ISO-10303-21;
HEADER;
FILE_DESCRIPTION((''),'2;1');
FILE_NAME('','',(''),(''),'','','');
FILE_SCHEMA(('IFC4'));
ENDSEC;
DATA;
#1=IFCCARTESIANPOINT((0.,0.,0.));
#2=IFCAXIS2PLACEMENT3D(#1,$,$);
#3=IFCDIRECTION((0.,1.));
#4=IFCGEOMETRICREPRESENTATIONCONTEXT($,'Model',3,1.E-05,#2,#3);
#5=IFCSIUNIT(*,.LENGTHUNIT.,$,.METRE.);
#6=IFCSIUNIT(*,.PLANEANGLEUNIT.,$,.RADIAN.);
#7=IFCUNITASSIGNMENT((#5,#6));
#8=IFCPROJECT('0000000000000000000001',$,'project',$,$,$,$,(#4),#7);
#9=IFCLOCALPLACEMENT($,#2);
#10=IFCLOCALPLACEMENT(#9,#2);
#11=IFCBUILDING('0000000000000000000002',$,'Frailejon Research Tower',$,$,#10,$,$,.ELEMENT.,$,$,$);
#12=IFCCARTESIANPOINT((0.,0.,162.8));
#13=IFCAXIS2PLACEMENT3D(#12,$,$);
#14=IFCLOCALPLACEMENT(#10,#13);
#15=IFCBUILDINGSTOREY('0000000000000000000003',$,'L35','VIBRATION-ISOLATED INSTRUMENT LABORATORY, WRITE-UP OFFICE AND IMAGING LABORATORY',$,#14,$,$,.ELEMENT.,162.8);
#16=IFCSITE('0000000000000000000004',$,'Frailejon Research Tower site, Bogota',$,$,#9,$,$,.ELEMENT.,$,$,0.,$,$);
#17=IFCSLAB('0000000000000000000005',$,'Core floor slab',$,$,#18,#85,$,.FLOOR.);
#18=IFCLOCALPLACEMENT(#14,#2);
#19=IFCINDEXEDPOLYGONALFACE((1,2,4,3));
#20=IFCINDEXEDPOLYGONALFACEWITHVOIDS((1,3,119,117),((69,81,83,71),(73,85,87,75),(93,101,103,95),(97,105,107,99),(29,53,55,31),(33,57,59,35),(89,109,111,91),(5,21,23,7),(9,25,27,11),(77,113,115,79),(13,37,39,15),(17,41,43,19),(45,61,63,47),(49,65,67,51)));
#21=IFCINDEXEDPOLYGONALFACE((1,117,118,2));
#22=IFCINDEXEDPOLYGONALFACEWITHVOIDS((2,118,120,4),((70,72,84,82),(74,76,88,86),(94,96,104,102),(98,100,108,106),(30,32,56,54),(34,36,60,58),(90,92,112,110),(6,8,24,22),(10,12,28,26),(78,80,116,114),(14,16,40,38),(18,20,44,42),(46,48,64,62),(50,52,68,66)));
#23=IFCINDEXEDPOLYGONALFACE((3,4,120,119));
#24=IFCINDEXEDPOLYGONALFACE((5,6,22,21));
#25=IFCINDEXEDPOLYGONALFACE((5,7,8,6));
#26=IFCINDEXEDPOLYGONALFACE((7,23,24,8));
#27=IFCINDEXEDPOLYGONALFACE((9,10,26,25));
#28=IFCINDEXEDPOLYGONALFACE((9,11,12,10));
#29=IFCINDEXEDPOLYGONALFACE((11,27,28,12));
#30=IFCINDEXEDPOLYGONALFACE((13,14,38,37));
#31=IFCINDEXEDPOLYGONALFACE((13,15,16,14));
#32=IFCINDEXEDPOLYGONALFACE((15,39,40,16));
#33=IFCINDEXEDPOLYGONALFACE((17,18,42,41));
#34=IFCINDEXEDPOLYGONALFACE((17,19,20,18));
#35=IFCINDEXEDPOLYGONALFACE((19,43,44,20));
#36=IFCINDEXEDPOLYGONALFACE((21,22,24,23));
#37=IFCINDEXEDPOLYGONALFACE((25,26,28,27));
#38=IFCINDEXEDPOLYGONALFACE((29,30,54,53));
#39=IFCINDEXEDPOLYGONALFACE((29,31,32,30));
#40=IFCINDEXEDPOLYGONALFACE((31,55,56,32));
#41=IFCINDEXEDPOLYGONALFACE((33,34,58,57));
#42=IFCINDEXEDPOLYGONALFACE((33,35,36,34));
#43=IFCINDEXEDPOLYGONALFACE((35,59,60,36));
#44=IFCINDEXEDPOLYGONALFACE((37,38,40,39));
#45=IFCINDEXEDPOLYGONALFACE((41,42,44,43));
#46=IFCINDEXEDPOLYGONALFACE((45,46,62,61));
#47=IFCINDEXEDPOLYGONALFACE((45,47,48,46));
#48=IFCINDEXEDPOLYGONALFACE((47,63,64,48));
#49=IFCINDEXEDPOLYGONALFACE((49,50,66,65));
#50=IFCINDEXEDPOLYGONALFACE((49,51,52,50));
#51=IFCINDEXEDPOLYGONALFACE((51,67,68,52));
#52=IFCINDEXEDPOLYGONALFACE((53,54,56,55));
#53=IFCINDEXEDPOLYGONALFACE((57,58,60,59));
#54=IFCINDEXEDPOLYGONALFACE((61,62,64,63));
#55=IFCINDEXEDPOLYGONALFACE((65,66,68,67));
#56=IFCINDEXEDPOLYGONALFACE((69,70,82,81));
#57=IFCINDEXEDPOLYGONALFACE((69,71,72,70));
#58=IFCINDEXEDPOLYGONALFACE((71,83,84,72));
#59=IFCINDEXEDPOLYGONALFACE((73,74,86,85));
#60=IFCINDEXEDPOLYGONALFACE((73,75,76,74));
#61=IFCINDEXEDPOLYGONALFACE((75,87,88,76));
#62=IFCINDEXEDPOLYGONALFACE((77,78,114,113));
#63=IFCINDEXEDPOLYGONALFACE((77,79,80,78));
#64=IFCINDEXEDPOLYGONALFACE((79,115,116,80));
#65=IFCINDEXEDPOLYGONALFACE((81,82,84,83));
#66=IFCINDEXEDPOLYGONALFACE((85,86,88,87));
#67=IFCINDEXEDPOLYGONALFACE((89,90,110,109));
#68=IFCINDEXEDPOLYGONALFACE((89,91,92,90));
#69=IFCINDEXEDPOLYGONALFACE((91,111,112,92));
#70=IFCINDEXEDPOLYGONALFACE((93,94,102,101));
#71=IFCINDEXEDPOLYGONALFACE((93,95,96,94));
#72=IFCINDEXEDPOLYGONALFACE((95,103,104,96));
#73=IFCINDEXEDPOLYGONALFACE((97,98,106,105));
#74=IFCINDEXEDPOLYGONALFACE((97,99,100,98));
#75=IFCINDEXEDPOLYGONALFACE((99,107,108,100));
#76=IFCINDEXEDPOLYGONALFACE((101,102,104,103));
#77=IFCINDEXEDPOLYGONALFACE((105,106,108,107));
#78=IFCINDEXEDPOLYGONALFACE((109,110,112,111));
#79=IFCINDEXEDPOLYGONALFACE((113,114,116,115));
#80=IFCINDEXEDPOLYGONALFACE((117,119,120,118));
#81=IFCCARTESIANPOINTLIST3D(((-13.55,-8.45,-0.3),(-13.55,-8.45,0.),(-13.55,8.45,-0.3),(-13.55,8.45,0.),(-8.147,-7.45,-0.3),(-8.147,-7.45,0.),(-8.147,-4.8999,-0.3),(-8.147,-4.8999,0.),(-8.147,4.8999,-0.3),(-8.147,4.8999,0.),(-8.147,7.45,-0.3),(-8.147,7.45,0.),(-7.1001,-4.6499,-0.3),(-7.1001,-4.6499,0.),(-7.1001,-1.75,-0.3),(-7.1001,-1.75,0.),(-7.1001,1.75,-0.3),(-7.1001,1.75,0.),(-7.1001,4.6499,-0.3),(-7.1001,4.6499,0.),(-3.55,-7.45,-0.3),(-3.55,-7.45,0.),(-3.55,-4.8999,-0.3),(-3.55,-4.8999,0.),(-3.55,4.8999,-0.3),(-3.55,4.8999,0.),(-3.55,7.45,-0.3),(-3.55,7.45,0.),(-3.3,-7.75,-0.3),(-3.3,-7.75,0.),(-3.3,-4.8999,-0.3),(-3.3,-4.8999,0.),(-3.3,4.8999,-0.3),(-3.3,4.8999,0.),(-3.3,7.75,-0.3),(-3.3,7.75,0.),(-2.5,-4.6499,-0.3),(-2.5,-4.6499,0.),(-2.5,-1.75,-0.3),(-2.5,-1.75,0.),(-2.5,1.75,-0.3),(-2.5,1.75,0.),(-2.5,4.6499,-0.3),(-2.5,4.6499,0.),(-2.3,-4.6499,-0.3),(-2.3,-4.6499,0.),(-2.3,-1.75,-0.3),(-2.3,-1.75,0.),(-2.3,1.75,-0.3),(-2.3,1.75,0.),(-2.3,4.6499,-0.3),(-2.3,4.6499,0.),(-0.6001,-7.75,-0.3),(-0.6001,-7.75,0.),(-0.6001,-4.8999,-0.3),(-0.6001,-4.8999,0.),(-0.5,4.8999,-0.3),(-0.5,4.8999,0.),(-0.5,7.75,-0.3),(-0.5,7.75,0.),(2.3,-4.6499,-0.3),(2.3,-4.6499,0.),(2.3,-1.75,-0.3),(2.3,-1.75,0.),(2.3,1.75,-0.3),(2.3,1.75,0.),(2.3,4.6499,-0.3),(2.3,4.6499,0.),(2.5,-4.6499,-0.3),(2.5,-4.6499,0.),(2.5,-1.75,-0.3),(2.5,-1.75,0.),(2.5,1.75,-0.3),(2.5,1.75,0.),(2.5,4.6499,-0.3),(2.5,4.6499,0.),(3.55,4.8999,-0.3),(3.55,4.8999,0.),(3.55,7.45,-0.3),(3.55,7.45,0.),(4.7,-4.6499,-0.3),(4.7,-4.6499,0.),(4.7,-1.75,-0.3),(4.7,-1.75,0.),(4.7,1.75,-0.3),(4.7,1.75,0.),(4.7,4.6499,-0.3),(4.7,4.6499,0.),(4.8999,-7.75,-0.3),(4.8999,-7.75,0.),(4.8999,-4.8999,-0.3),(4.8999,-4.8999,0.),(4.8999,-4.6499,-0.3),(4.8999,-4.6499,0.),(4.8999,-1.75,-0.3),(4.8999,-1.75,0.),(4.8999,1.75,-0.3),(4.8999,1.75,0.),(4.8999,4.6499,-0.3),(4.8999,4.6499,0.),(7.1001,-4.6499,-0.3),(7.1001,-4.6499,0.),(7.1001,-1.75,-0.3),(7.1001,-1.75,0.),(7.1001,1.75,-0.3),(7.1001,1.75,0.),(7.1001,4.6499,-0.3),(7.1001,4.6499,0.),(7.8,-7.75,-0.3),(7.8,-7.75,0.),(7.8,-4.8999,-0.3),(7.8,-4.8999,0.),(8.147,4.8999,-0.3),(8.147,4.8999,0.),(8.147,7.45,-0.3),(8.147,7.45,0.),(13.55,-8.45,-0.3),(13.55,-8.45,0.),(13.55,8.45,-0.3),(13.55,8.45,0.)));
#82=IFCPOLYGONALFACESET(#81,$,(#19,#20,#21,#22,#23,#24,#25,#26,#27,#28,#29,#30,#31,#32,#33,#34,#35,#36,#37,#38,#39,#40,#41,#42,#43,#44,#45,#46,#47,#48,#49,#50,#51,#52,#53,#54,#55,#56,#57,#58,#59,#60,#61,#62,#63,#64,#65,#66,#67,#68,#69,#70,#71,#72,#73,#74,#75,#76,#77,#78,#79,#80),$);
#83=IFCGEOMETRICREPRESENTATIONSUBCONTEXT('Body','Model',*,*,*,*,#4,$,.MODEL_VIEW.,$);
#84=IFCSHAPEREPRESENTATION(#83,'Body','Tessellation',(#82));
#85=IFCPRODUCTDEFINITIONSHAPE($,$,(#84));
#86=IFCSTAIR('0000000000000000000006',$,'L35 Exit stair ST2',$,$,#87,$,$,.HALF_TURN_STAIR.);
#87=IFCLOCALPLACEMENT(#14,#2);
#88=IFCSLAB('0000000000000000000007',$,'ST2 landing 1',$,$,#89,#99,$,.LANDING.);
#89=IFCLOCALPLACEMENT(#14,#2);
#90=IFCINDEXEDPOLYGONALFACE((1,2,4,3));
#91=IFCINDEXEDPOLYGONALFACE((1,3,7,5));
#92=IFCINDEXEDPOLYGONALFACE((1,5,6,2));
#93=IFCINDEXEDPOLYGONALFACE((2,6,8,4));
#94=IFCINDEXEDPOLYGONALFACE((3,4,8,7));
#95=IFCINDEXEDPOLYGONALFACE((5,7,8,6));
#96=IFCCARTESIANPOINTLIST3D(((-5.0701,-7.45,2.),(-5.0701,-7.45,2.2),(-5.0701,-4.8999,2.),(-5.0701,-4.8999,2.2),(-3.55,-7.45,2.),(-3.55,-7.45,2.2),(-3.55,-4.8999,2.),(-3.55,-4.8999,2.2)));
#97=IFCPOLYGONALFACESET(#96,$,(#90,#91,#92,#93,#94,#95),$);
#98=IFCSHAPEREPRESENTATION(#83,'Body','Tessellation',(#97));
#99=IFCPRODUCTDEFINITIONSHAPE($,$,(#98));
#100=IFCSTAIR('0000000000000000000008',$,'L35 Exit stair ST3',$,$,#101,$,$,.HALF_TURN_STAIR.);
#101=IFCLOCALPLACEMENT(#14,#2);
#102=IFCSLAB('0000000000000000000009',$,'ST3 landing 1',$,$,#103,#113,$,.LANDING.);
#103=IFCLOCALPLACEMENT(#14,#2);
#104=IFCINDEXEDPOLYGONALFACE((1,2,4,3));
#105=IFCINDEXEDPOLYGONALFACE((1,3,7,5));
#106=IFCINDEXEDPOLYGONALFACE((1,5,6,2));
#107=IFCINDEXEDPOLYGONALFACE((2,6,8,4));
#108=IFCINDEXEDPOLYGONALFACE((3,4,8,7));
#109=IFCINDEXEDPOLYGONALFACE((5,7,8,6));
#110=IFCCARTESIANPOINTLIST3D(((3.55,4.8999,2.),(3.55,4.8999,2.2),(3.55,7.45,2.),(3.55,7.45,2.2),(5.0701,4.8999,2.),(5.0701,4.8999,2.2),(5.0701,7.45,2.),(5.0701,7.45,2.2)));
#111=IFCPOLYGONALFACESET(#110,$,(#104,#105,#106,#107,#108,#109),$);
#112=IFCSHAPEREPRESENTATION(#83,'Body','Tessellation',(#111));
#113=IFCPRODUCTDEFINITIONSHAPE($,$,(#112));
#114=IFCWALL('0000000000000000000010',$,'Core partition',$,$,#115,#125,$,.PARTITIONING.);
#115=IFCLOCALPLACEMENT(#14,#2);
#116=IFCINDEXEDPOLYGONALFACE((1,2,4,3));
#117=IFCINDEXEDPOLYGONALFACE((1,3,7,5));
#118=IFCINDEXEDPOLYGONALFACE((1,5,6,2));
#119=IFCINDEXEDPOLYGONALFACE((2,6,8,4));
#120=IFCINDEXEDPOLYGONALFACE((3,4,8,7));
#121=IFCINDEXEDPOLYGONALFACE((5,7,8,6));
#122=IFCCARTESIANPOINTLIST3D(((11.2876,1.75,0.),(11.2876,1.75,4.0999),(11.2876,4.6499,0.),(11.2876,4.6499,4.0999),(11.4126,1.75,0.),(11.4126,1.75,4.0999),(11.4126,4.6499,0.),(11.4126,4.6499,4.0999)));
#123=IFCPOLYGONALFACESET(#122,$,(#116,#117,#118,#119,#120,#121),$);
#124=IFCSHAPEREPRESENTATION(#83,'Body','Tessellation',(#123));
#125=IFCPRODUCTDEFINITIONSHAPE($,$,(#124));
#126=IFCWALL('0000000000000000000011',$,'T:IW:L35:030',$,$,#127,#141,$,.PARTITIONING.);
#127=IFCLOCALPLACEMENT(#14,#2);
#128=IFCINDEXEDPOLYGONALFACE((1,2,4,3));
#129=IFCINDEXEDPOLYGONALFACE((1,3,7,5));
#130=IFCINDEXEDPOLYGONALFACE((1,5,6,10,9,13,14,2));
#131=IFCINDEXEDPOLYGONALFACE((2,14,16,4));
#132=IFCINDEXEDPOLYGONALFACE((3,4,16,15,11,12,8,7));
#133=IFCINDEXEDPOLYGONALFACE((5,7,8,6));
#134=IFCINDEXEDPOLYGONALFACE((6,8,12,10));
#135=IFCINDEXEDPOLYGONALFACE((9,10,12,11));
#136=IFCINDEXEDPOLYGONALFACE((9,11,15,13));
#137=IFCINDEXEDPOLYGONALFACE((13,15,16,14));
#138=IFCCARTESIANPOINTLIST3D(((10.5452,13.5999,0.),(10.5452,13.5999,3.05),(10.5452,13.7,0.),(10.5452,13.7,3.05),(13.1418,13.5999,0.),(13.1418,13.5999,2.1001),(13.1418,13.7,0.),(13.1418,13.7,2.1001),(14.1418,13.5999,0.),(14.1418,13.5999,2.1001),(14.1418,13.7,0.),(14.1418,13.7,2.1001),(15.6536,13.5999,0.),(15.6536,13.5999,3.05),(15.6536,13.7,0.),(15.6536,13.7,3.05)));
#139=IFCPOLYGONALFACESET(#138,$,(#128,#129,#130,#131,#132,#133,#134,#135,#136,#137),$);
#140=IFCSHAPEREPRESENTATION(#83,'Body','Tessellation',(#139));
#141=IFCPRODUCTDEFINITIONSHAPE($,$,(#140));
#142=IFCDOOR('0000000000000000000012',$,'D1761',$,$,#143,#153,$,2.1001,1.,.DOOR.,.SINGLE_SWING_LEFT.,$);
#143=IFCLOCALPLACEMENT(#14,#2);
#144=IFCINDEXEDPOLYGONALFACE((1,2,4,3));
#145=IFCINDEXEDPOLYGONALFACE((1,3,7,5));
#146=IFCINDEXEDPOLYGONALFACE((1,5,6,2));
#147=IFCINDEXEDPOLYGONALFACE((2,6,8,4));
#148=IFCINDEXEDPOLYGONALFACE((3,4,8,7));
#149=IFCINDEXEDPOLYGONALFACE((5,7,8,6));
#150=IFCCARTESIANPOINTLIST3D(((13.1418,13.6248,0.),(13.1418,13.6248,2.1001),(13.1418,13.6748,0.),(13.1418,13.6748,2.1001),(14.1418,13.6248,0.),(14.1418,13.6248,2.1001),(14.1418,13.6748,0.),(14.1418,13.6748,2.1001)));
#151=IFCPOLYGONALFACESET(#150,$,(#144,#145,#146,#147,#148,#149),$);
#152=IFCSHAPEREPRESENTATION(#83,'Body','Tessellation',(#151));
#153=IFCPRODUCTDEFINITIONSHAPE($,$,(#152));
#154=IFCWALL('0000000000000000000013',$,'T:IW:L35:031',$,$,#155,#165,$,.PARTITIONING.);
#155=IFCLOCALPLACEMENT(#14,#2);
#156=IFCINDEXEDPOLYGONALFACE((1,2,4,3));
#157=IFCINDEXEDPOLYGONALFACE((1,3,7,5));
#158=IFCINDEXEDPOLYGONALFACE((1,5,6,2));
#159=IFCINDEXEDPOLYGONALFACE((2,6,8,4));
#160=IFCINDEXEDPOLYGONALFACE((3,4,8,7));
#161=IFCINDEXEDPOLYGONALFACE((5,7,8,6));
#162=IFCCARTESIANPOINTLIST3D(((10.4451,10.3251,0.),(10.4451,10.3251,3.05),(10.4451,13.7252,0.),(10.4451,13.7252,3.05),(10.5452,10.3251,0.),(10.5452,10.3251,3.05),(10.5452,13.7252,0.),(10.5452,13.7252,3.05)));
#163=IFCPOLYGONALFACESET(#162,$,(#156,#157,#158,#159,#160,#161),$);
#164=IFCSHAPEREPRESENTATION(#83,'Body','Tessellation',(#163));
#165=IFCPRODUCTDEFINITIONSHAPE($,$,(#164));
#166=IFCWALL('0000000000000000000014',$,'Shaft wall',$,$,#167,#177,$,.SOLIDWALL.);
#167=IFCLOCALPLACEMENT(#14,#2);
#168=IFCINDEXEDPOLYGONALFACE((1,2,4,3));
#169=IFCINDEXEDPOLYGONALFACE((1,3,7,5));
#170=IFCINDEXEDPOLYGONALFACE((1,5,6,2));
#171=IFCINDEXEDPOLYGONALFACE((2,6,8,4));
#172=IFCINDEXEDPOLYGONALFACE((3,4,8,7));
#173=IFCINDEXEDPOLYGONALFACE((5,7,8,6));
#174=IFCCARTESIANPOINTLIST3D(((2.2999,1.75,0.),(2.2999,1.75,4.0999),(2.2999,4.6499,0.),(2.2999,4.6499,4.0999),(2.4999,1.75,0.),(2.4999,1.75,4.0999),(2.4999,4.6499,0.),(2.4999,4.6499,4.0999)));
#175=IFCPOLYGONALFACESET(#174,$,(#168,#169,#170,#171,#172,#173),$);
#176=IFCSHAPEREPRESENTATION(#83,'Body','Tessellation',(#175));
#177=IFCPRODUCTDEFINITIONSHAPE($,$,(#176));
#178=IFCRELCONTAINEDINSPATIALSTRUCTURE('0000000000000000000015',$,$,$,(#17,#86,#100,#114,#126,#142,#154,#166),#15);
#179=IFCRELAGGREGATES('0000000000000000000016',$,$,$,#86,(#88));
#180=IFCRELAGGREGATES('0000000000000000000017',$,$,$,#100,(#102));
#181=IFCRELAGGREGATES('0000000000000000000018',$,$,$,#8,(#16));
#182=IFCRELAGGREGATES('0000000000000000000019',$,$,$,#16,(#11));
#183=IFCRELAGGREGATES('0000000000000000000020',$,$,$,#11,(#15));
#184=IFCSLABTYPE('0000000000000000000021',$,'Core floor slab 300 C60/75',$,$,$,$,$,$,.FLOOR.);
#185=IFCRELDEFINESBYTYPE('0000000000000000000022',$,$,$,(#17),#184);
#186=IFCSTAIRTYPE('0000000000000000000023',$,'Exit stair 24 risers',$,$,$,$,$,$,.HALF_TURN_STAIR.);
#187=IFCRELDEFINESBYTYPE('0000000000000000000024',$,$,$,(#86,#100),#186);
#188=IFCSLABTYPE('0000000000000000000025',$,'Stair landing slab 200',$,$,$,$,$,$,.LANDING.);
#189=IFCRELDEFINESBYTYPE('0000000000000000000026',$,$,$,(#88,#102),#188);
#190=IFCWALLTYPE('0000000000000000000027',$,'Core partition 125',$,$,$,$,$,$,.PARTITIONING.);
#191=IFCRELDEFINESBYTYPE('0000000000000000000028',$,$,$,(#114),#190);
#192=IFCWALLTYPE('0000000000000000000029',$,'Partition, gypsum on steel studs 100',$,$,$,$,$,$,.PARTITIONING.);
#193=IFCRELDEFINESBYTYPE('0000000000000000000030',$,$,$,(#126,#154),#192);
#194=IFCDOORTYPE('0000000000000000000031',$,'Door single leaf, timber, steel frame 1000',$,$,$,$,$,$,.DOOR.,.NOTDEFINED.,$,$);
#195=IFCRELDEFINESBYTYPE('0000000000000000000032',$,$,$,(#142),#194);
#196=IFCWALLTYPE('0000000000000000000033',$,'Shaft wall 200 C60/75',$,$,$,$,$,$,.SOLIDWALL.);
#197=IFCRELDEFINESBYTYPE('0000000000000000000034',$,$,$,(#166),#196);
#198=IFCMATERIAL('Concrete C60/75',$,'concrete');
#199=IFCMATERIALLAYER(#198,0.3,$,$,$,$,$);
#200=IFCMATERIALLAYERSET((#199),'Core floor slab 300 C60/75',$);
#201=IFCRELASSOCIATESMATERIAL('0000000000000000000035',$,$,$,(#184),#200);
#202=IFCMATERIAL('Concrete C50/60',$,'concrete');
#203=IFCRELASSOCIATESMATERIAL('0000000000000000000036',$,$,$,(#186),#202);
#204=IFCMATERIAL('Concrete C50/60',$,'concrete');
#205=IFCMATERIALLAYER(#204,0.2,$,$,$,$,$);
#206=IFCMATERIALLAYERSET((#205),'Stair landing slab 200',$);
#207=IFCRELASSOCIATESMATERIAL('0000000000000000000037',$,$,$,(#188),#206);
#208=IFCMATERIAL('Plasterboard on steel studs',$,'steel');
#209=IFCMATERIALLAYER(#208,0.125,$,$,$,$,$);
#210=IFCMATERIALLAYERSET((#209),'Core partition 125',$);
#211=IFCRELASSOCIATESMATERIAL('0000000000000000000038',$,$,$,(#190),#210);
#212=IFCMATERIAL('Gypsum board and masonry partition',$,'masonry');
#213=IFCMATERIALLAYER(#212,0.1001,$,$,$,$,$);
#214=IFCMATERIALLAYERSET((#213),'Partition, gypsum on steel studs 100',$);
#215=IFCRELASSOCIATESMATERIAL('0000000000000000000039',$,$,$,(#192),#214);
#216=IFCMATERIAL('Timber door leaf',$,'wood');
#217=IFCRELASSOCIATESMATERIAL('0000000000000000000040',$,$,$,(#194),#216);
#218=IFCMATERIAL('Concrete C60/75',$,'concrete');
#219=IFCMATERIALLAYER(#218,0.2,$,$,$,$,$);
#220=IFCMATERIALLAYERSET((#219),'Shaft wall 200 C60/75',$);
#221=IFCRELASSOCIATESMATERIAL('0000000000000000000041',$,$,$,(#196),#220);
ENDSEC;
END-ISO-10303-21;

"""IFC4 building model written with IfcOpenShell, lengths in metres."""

from ifc_helpers import new_model, si_unit, direction, frame, frame_2d, origin, place, context, subcontext, project, spatial, polyline, rectangle, outline, extrude, material, layer, layer_set, type_object, element, fill, aggregate, save


model = new_model("IFC4")

# Units and contexts
model_context = context("Model", 3, precision=1e-05, world=origin(), true_north=direction((0.0, 1.0)))
body_context = subcontext(model_context, "Body", "Model", "MODEL_VIEW")
ifc_project = project(units=[si_unit("LENGTHUNIT", "METRE"), si_unit("PLANEANGLEUNIT", "RADIAN")], contexts=[model_context])

# Site, building, storey
site_placement = place(None, origin())
site = spatial("IfcSite", under=ifc_project, at=site_placement, Name="Frailejon Research Tower site, Bogota", CompositionType="ELEMENT", RefElevation=0.0)
building_placement = place(site_placement, origin())
building = spatial("IfcBuilding", under=site, at=building_placement, Name="Frailejon Research Tower", CompositionType="ELEMENT")
storey_placement = place(building_placement, frame((0.0, 0.0, 162.8)))
storey = spatial("IfcBuildingStorey", under=building, at=storey_placement, Name="L35", Description="VIBRATION-ISOLATED INSTRUMENT LABORATORY, WRITE-UP OFFICE AND IMAGING LABORATORY", CompositionType="ELEMENT", Elevation=162.8)

# Slab
ifc_material_1 = material(Name="Concrete C60/75", Category="concrete")
ifc_layer_1 = layer(ifc_material_1, 0.3)
ifc_layer_set_1 = layer_set([ifc_layer_1], Name="Core floor slab 300 C60/75")
slab_type_1 = type_object("IfcSlabType", Name="Core floor slab 300 C60/75", PredefinedType="FLOOR", material=ifc_layer_set_1)
slab_1_placement = place(storey_placement, frame((0.0, 0.0, -0.3)))
element("IfcSlab", 1, at=slab_1_placement, inside=storey, type_object=slab_type_1, Name="Core floor slab", PredefinedType="FLOOR", context=body_context, shape_type="SweptSolid", body=[
    extrude(outline(polyline([(13.55, -8.45), (13.55, 8.45), (-13.55, 8.45), (-13.55, -8.45), (13.55, -8.45)]), holes=[polyline([(-2.5, 1.75), (-2.5, 4.6499), (-7.1001, 4.6499), (-7.1001, 1.75), (-2.5, 1.75)]), polyline([(2.3, 1.75), (2.3, 4.6499), (-2.3, 4.6499), (-2.3, 1.75), (2.3, 1.75)]), polyline([(4.7, 1.75), (4.7, 4.6499), (2.5, 4.6499), (2.5, 1.75), (4.7, 1.75)]), polyline([(7.1001, 1.75), (7.1001, 4.6499), (4.8999, 4.6499), (4.8999, 1.75), (7.1001, 1.75)]), polyline([(-2.5, -4.6499), (-2.5, -1.75), (-7.1001, -1.75), (-7.1001, -4.6499), (-2.5, -4.6499)]), polyline([(2.3, -4.6499), (2.3, -1.75), (-2.3, -1.75), (-2.3, -4.6499), (2.3, -4.6499)]), polyline([(4.7, -4.6499), (4.7, -1.75), (2.5, -1.75), (2.5, -4.6499), (4.7, -4.6499)]), polyline([(7.1001, -4.6499), (7.1001, -1.75), (4.8999, -1.75), (4.8999, -4.6499), (7.1001, -4.6499)]), polyline([(-8.147, 4.8999), (-3.55, 4.8999), (-3.55, 7.45), (-8.147, 7.45), (-8.147, 4.8999)]), polyline([(-8.147, -7.45), (-3.55, -7.45), (-3.55, -4.8999), (-8.147, -4.8999), (-8.147, -7.45)]), polyline([(8.147, 7.45), (3.55, 7.45), (3.55, 4.8999), (8.147, 4.8999), (8.147, 7.45)]), polyline([(-0.6001, -7.75), (-0.6001, -4.8999), (-3.3, -4.8999), (-3.3, -7.75), (-0.6001, -7.75)]), polyline([(7.8, -7.75), (7.8, -4.8999), (4.8999, -4.8999), (4.8999, -7.75), (7.8, -7.75)]), polyline([(-0.5, 4.8999), (-0.5, 7.75), (-3.3, 7.75), (-3.3, 4.8999), (-0.5, 4.8999)])]), origin(), (0.0, 0.0, 1.0), 0.3),
])

# Stairs, slabs
ifc_material_2 = material(Name="Concrete C50/60", Category="concrete")
stair_type = type_object("IfcStairType", Name="Exit stair 24 risers", PredefinedType="HALF_TURN_STAIR", material=ifc_material_2)
stair_1_placement = place(storey_placement, origin())
stair_1 = element("IfcStair", 2, at=stair_1_placement, inside=storey, type_object=stair_type, Name="L35 Exit stair ST2", PredefinedType="HALF_TURN_STAIR")
ifc_material_3 = material(Name="Concrete C50/60", Category="concrete")
ifc_layer_2 = layer(ifc_material_3, 0.2)
ifc_layer_set_2 = layer_set([ifc_layer_2], Name="Stair landing slab 200")
slab_type_2 = type_object("IfcSlabType", Name="Stair landing slab 200", PredefinedType="LANDING", material=ifc_layer_set_2)
slab_2_placement = place(storey_placement, frame((0.0, 0.0, 2.0)))
slab_2 = element("IfcSlab", 3, at=slab_2_placement, type_object=slab_type_2, Name="ST2 landing 1", PredefinedType="LANDING", context=body_context, shape_type="SweptSolid", body=[
    extrude(outline(polyline([(-5.0701, -7.45), (-3.55, -7.45), (-3.55, -4.8999), (-5.0701, -4.8999), (-5.0701, -7.45)])), origin(), (0.0, 0.0, 1.0), 0.2),
])
aggregate(stair_1, [slab_2])
stair_2_placement = place(storey_placement, origin())
stair_2 = element("IfcStair", 4, at=stair_2_placement, inside=storey, type_object=stair_type, Name="L35 Exit stair ST3", PredefinedType="HALF_TURN_STAIR")
slab_3_placement = place(storey_placement, frame((0.0, 0.0, 2.0)))
slab_3 = element("IfcSlab", 5, at=slab_3_placement, type_object=slab_type_2, Name="ST3 landing 1", PredefinedType="LANDING", context=body_context, shape_type="SweptSolid", body=[
    extrude(outline(polyline([(5.0701, 7.45), (3.55, 7.45), (3.55, 4.8999), (5.0701, 4.8999), (5.0701, 7.45)])), origin(), (0.0, 0.0, 1.0), 0.2),
])

# Wall
ifc_material_4 = material(Name="Plasterboard on steel studs", Category="steel")
ifc_layer_3 = layer(ifc_material_4, 0.125)
ifc_layer_set_3 = layer_set([ifc_layer_3], Name="Core partition 125")
wall_type_1 = type_object("IfcWallType", Name="Core partition 125", PredefinedType="PARTITIONING", material=ifc_layer_set_3)
wall_1_placement = place(storey_placement, frame((11.3501, 1.75, 0.0), z_axis=(0.0, 0.0, 1.0), x_axis=(0.0, 1.0, 0.0)))
element("IfcWall", 6, at=wall_1_placement, inside=storey, type_object=wall_type_1, Name="Core partition", PredefinedType="PARTITIONING", context=body_context, shape_type="SweptSolid", body=[
    extrude(rectangle(XDim=2.8999, YDim=0.125, at=frame_2d((1.45, 0.0))), origin(), (0.0, 0.0, 1.0), 4.0999),
])

# Wall, opening, door
ifc_material_5 = material(Name="Gypsum board and masonry partition", Category="masonry")
ifc_layer_4 = layer(ifc_material_5, 0.1001)
ifc_layer_set_4 = layer_set([ifc_layer_4], Name="Partition, gypsum on steel studs 100")
wall_type_2 = type_object("IfcWallType", Name="Partition, gypsum on steel studs 100", PredefinedType="PARTITIONING", material=ifc_layer_set_4)
wall_2_placement = place(storey_placement, frame((10.5452, 13.6499, 0.0), z_axis=(0.0, 0.0, 1.0), x_axis=(1.0, 0.0, 0.0)))
wall_2 = element("IfcWall", 7, at=wall_2_placement, inside=storey, type_object=wall_type_2, Name="T:IW:L35:030", PredefinedType="PARTITIONING", context=body_context, shape_type="SweptSolid", body=[
    extrude(rectangle(XDim=5.1084, YDim=0.1001, at=frame_2d((2.5542, 0.0))), origin(), (0.0, 0.0, 1.0), 3.05),
])
opening_1_placement = place(wall_2_placement, frame((2.5967, 0.0, 0.0)))
opening_1 = element("IfcOpeningElement", 8, at=opening_1_placement, cuts=wall_2, PredefinedType="OPENING", context=body_context, shape_type="SweptSolid", body=[
    extrude(rectangle(XDim=1.0, YDim=2.1001, at=frame_2d((0.5, 1.05))), frame((0.0, 0.0601, 0.0), z_axis=(0.0, -1.0, 0.0), x_axis=(1.0, 0.0, 0.0)), (0.0, 0.0, 1.0), 0.1201),
])
ifc_material_6 = material(Name="Timber door leaf", Category="wood")
door_type_1 = type_object("IfcDoorType", Name="Door single leaf, timber, steel frame 1000", OperationType="NOTDEFINED", PredefinedType="DOOR", material=ifc_material_6)
door_1_placement = place(opening_1_placement, origin())
door_1 = element("IfcDoor", 9, at=door_1_placement, inside=storey, type_object=door_type_1, Name="D1761", OperationType="SINGLE_SWING_LEFT", OverallHeight=2.1001, OverallWidth=1.0, PredefinedType="DOOR", context=body_context, shape_type="SweptSolid", body=[
    extrude(rectangle(XDim=1.0, YDim=2.1001, at=frame_2d((0.5, 1.05))), frame((0.0, 0.0249, 0.0), z_axis=(0.0, -1.0, 0.0), x_axis=(1.0, 0.0, 0.0)), (0.0, 0.0, 1.0), 0.05),
])
fill(opening_1, door_1)

# Walls
wall_3_placement = place(storey_placement, frame((10.4951, 10.325, 0.0), z_axis=(0.0, 0.0, 1.0), x_axis=(0.0, 1.0, 0.0)))
element("IfcWall", 10, at=wall_3_placement, inside=storey, type_object=wall_type_2, Name="T:IW:L35:031", PredefinedType="PARTITIONING", context=body_context, shape_type="SweptSolid", body=[
    extrude(rectangle(XDim=3.4001, YDim=0.1001, at=frame_2d((1.7002, 0.0))), origin(), (0.0, 0.0, 1.0), 3.05),
])
ifc_material_7 = material(Name="Concrete C60/75", Category="concrete")
ifc_layer_5 = layer(ifc_material_7, 0.2)
ifc_layer_set_5 = layer_set([ifc_layer_5], Name="Shaft wall 200 C60/75")
wall_type_3 = type_object("IfcWallType", Name="Shaft wall 200 C60/75", PredefinedType="SOLIDWALL", material=ifc_layer_set_5)
for number, where, z_axis, x_axis, name in (
    (11, (2.3999, 1.75, 0.0), (0.0, 0.0, 1.0), (0.0, 1.0, 0.0), "Shaft wall"),
):
    element("IfcWall", number, at=place(storey_placement, frame(where, z_axis=z_axis, x_axis=x_axis)), inside=storey, type_object=wall_type_3, Name=name, PredefinedType="SOLIDWALL", context=body_context, shape_type="SweptSolid", body=[
        extrude(rectangle(XDim=2.8999, YDim=0.2, at=frame_2d((1.45, 0.0))), origin(), (0.0, 0.0, 1.0), 4.0999),
    ])

aggregate(stair_2, [slab_3])

save(model, "model.ifc")
